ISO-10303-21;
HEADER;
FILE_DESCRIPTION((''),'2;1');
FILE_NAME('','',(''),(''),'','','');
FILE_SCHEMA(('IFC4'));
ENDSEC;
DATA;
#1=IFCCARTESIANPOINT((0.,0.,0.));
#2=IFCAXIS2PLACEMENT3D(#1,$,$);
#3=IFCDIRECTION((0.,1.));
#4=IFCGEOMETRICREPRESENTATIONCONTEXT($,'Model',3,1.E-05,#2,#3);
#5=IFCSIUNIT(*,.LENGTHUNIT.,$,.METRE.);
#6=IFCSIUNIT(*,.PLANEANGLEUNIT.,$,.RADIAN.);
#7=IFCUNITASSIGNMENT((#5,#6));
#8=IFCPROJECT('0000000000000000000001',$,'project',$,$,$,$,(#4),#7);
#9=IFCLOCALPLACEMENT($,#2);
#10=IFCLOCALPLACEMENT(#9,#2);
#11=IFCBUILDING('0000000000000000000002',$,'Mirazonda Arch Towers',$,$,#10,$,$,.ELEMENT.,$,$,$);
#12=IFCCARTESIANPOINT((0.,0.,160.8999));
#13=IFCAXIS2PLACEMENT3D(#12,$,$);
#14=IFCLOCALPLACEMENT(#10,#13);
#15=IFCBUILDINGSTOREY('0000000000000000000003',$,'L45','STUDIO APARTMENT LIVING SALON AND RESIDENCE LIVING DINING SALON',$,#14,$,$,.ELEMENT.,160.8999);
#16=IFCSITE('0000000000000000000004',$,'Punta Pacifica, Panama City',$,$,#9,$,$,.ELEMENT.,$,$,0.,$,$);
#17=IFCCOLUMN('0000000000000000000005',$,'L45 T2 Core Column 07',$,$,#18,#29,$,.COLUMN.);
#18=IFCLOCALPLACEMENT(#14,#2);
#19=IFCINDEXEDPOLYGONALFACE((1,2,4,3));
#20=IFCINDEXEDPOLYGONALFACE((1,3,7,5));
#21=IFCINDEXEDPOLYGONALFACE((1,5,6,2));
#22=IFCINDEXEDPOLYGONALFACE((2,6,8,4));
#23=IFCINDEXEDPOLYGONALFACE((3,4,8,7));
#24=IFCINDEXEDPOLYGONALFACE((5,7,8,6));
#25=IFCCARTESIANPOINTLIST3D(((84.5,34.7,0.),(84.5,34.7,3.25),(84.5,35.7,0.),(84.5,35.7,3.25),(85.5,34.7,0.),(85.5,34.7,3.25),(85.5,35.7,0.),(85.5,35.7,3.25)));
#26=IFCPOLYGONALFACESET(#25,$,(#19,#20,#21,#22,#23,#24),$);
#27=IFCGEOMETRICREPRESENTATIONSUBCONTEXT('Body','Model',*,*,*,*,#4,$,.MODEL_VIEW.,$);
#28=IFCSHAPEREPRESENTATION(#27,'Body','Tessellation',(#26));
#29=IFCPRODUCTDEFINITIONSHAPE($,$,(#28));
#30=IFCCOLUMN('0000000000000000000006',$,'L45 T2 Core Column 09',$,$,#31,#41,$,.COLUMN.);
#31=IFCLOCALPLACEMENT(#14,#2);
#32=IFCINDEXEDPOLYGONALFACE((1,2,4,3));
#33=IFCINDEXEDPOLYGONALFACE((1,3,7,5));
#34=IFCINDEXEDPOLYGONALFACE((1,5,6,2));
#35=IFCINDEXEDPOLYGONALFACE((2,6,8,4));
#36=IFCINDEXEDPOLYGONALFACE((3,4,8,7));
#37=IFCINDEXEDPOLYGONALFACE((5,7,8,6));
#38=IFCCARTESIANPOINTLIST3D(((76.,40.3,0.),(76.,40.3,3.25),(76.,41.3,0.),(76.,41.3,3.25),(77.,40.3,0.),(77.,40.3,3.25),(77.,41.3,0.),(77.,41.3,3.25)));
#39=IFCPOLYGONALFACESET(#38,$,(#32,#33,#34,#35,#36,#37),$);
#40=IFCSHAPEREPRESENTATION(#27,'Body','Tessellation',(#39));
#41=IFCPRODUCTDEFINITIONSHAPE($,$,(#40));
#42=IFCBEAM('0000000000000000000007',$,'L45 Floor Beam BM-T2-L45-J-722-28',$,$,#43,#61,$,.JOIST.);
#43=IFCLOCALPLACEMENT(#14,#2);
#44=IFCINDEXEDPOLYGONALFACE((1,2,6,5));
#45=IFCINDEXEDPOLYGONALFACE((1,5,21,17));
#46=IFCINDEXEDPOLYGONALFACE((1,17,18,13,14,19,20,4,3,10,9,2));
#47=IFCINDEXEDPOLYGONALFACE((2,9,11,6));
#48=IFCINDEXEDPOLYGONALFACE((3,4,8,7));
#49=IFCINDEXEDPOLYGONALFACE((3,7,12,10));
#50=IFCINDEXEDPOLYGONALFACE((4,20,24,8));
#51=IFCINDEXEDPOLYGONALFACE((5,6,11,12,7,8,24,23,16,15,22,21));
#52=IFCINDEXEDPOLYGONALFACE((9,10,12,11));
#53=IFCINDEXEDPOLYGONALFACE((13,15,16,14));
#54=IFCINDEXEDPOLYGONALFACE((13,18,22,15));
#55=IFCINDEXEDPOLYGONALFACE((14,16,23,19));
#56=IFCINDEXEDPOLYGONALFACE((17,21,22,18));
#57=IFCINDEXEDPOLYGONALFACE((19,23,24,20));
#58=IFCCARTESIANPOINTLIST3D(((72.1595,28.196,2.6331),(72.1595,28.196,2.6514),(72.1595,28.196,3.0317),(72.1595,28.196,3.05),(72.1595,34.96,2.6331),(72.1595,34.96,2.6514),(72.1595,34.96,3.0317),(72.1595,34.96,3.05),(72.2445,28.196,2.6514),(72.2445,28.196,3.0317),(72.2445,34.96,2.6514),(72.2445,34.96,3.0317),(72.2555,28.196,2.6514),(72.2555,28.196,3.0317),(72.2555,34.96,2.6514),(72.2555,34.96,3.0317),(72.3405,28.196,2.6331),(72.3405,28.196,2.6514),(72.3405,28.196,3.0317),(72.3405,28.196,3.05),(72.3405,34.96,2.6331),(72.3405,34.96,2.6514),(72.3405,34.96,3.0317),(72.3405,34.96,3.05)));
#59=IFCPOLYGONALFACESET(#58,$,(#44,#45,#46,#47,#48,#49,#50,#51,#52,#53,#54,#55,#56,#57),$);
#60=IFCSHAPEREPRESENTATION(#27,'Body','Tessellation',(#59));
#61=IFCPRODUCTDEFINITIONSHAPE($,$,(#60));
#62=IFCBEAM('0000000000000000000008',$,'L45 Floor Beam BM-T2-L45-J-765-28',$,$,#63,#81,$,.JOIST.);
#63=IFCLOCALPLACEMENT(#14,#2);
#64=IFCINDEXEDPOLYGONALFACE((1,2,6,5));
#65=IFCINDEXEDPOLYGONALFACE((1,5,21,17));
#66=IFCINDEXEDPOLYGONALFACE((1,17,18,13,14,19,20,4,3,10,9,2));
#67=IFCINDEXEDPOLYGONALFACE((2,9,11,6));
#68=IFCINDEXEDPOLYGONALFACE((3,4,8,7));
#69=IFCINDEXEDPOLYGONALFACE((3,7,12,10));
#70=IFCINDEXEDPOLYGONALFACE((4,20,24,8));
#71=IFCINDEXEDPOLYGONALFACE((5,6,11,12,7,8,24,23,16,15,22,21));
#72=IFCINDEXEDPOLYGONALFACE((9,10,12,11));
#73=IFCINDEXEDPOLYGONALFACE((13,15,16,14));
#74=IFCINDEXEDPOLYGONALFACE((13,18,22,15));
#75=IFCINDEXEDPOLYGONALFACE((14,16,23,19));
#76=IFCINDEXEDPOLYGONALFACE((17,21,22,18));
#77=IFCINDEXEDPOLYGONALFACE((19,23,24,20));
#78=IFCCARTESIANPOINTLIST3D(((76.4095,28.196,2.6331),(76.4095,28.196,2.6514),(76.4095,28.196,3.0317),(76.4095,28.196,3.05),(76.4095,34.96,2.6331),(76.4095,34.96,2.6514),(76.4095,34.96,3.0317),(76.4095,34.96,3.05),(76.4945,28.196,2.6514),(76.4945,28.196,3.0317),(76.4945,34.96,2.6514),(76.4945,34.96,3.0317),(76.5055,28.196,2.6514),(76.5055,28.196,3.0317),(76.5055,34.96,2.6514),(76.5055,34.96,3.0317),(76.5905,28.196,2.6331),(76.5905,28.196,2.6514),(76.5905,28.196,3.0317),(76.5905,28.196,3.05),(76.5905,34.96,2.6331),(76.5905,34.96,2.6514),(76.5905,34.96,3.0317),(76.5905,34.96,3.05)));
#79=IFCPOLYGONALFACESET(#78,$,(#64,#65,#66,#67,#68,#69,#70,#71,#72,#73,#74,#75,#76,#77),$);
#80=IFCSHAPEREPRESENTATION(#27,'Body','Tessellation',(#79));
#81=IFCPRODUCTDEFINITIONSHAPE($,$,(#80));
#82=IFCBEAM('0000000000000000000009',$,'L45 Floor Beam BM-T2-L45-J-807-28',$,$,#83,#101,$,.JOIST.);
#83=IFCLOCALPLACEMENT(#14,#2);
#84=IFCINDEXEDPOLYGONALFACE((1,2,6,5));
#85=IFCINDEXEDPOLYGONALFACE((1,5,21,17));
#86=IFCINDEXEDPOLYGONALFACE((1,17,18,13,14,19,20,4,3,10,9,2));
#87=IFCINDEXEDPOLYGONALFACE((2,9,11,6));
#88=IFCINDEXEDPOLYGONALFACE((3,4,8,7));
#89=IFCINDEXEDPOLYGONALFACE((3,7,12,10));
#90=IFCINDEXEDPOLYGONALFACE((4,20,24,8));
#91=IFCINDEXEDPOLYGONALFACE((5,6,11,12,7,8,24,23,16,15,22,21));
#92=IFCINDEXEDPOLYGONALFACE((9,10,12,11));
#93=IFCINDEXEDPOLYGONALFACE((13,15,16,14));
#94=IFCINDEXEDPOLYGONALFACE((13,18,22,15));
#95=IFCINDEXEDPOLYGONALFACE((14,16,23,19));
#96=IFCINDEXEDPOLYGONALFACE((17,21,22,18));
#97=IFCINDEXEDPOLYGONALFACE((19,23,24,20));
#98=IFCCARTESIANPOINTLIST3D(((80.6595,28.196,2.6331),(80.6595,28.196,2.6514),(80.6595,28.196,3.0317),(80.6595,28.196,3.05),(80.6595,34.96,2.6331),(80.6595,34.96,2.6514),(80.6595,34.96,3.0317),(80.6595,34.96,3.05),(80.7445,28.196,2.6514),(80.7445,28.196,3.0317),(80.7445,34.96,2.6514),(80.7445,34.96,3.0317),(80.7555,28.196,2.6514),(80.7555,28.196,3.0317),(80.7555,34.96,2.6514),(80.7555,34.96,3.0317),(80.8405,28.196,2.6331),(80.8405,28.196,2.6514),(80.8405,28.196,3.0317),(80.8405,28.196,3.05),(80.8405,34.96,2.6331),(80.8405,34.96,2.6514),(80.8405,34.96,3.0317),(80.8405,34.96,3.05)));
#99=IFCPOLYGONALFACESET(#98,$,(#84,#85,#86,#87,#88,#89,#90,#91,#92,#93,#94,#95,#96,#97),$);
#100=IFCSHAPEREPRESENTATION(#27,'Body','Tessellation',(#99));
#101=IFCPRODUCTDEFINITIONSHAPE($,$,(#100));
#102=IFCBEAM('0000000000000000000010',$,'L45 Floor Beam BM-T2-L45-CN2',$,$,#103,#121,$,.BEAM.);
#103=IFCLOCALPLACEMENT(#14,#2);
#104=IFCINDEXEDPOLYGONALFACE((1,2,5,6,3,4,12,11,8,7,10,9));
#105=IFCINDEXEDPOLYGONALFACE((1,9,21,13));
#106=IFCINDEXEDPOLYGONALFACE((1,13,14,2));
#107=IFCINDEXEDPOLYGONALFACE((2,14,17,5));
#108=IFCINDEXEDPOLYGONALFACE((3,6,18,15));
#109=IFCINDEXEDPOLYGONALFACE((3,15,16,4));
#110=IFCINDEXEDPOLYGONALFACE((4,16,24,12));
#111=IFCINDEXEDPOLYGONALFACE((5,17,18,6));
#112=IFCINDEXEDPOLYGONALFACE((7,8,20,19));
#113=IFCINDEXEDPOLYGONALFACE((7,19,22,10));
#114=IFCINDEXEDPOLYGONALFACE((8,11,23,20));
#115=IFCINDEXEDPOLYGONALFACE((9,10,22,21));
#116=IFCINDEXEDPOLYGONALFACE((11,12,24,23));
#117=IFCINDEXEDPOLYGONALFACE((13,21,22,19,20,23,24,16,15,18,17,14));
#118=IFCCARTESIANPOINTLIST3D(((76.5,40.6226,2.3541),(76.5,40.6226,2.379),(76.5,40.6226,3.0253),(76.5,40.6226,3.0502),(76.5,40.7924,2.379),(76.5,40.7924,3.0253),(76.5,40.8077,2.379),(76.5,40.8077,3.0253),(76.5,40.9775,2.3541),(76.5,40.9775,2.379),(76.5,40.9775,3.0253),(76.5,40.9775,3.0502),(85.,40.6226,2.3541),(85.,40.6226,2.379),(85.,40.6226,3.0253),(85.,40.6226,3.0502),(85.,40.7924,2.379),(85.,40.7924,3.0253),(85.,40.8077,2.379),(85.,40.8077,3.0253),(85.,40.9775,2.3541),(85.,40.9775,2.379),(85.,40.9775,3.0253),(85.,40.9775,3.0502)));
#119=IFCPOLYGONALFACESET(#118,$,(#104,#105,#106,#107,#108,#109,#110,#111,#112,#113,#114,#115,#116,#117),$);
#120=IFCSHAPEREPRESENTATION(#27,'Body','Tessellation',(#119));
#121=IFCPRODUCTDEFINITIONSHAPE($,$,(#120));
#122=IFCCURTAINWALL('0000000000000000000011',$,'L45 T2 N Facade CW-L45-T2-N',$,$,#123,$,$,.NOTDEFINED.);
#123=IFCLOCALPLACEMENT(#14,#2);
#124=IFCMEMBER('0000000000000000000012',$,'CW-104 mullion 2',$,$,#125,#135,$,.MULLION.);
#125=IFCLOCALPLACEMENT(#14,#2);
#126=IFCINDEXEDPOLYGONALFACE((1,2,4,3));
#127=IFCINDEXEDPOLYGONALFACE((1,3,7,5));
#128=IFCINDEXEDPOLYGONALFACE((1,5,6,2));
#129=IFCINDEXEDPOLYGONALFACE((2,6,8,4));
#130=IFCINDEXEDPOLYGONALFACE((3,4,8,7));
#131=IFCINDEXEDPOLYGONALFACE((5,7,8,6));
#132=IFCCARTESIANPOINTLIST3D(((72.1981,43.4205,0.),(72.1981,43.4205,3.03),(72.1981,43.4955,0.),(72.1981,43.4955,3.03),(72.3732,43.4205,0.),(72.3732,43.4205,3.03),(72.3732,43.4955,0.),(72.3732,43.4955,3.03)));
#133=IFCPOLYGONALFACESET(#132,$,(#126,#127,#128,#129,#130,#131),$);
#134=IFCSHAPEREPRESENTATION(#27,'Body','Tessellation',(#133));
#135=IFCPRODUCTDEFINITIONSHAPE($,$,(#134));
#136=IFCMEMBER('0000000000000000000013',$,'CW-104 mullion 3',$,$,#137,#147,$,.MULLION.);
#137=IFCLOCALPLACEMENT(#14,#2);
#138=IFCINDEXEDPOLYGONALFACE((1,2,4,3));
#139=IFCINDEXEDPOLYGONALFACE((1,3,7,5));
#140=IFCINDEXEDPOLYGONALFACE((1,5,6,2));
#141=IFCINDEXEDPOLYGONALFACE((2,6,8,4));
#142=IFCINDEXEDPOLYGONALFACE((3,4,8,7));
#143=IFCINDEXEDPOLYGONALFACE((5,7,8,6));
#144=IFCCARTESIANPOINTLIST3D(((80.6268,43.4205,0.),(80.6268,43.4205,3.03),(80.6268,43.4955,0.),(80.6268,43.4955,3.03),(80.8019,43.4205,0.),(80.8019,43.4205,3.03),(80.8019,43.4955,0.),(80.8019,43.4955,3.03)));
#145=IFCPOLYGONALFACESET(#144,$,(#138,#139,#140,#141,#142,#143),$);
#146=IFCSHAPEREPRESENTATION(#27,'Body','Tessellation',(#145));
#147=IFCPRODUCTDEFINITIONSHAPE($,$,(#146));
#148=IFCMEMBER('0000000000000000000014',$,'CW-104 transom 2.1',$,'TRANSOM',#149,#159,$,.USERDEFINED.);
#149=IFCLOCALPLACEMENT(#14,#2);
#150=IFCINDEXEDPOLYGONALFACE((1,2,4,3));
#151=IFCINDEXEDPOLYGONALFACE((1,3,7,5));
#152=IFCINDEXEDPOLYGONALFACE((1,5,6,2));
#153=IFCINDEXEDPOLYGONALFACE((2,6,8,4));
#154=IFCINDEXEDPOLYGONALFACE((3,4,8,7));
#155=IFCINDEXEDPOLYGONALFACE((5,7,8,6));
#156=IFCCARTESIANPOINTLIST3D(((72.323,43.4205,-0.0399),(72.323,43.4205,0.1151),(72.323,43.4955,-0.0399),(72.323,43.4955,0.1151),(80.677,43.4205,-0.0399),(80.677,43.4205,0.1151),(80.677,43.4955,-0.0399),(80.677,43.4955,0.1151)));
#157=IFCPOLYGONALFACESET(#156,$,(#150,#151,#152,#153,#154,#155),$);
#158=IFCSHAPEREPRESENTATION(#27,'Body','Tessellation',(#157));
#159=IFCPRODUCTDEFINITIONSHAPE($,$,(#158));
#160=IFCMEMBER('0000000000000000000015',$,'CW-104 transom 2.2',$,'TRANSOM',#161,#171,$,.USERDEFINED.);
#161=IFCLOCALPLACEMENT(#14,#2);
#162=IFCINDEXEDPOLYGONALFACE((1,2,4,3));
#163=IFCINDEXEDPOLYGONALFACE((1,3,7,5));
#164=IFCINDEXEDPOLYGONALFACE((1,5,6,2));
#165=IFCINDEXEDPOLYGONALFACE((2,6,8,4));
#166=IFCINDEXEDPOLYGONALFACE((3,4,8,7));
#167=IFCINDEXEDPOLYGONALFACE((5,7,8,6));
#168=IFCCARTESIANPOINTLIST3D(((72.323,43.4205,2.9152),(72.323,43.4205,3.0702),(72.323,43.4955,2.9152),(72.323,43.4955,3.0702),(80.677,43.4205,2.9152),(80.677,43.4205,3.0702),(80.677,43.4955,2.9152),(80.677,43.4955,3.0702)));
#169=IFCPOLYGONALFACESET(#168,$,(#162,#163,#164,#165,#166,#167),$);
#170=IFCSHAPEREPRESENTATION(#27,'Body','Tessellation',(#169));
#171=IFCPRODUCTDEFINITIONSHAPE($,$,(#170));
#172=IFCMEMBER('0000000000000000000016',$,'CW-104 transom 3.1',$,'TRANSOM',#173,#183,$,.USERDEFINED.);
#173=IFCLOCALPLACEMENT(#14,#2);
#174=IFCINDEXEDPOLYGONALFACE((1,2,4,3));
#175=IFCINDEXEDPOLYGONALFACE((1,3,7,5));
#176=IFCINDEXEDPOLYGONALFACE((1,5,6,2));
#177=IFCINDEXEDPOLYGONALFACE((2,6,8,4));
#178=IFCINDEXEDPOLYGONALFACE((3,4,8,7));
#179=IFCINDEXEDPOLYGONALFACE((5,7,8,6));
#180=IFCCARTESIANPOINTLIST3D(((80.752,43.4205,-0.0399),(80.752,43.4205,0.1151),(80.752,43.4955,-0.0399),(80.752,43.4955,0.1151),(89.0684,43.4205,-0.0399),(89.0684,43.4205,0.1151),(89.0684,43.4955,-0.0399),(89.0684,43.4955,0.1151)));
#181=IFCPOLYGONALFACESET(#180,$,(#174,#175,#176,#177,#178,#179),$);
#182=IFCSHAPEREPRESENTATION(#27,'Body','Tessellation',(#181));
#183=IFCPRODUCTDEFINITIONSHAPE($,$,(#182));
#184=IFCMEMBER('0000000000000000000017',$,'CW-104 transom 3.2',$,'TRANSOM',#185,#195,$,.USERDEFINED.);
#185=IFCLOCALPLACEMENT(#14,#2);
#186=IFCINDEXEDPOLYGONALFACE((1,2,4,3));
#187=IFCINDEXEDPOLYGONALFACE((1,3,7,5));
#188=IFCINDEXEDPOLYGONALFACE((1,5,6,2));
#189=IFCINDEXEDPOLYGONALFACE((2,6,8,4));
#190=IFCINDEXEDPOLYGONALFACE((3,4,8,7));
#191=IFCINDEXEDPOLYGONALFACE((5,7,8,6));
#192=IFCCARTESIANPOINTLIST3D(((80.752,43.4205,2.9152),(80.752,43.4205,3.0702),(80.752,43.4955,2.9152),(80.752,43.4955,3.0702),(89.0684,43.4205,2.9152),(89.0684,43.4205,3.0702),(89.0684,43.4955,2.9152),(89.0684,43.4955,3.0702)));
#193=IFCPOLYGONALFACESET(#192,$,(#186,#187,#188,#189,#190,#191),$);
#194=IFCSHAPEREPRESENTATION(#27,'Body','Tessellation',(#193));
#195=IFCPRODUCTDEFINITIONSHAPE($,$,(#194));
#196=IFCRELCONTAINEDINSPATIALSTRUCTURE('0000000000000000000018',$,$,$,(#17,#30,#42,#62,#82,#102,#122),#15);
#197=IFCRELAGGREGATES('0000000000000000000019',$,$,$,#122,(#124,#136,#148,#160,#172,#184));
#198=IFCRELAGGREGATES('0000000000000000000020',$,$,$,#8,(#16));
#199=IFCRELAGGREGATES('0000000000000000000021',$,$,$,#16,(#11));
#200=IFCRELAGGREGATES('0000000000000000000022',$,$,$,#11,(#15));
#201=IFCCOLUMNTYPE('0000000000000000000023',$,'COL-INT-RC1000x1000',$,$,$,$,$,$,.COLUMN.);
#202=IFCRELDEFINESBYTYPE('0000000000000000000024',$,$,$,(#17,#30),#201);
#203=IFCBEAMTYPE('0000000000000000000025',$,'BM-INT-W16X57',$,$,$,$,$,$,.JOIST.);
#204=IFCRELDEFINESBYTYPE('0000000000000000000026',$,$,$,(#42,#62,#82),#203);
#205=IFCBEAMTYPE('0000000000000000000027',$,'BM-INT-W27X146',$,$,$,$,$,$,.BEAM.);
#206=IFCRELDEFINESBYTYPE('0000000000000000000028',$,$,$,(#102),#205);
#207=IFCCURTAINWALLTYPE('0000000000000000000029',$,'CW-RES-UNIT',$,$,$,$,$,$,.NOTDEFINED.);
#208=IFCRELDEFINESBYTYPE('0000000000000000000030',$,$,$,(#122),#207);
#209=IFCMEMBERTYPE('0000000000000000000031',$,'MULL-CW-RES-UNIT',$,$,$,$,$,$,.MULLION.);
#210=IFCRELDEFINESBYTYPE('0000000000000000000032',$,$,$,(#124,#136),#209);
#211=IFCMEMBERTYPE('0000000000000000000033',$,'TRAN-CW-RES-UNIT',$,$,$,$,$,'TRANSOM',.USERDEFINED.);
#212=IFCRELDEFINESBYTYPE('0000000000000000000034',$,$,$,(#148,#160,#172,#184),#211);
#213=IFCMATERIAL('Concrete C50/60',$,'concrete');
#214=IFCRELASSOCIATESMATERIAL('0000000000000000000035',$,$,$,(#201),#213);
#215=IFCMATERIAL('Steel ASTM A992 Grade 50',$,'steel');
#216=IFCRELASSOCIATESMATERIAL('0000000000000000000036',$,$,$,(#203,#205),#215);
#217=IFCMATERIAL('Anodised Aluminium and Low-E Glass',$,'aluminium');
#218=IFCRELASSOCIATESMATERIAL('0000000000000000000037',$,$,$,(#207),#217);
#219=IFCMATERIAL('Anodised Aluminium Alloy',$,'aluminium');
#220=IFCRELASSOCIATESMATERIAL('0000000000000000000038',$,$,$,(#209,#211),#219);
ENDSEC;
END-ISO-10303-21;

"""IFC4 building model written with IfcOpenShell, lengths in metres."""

from ifc_helpers import new_model, si_unit, direction, frame, origin, origin_2d, place, context, subcontext, project, spatial, rectangle, i_section, extrude, material, material_profile, profile_set, type_object, element, aggregate, save


model = new_model("IFC4")

# Units and contexts
model_context = context("Model", 3, precision=1e-05, world=origin(), true_north=direction((0.0, 1.0)))
body_context = subcontext(model_context, "Body", "Model", "MODEL_VIEW")
ifc_project = project(units=[si_unit("LENGTHUNIT", "METRE"), si_unit("PLANEANGLEUNIT", "RADIAN")], contexts=[model_context])

# Site, building, storey
site_placement = place(None, origin())
site = spatial("IfcSite", under=ifc_project, at=site_placement, Name="Punta Pacifica, Panama City", CompositionType="ELEMENT", RefElevation=0.0)
building_placement = place(site_placement, origin())
building = spatial("IfcBuilding", under=site, at=building_placement, Name="Mirazonda Arch Towers", CompositionType="ELEMENT")
storey_placement = place(building_placement, frame((0.0, 0.0, 160.8999)))
storey = spatial("IfcBuildingStorey", under=building, at=storey_placement, Name="L45", Description="STUDIO APARTMENT LIVING SALON AND RESIDENCE LIVING DINING SALON", CompositionType="ELEMENT", Elevation=160.8999)

# Columns
ifc_material_1 = material(Name="Concrete C50/60", Category="concrete")
ifc_material_profile_1 = material_profile(ifc_material_1, rectangle(XDim=1.0, YDim=1.0, at=origin_2d()), Name="RC1000x1000")
ifc_profile_set_1 = profile_set([ifc_material_profile_1], Name="Concrete C50/60")
column_type = type_object("IfcColumnType", Name="COL-INT-RC1000x1000", PredefinedType="COLUMN", material=ifc_profile_set_1)
for number, where, z_axis, x_axis, name in (
    (1, (85.0, 35.2, 0.0), (0.0, 0.0, 1.0), (1.0, 0.0, 0.0), "L45 T2 Core Column 07"),
    (2, (76.5, 40.8, 0.0), (0.0, 0.0, 1.0), (1.0, 0.0, 0.0), "L45 T2 Core Column 09"),
):
    element("IfcColumn", number, at=place(storey_placement, frame(where, z_axis=z_axis, x_axis=x_axis)), inside=storey, type_object=column_type, Name=name, PredefinedType="COLUMN", context=body_context, shape_type="SweptSolid", body=[
        extrude(rectangle(XDim=1.0, YDim=1.0, at=origin_2d()), origin(), (0.0, 0.0, 1.0), 3.25),
    ])

# Beams
ifc_material_2 = material(Name="Steel ASTM A992 Grade 50", Category="steel")
ifc_material_profile_2 = material_profile(ifc_material_2, i_section(OverallWidth=0.1809, OverallDepth=0.417, WebThickness=0.011, FlangeThickness=0.0183, at=origin_2d()), Name="W16X57")
ifc_profile_set_2 = profile_set([ifc_material_profile_2], Name="Steel ASTM A992 Grade 50")
beam_type_1 = type_object("IfcBeamType", Name="BM-INT-W16X57", PredefinedType="JOIST", material=ifc_profile_set_2)
for number, where, z_axis, x_axis, name in (
    (3, (72.25, 28.196, 2.8416), (0.0, 1.0, 0.0), (-1.0, 0.0, 0.0), "L45 Floor Beam BM-T2-L45-J-722-28"),
    (4, (76.5, 28.196, 2.8416), (0.0, 1.0, 0.0), (-1.0, 0.0, 0.0), "L45 Floor Beam BM-T2-L45-J-765-28"),
    (5, (80.75, 28.196, 2.8416), (0.0, 1.0, 0.0), (-1.0, 0.0, 0.0), "L45 Floor Beam BM-T2-L45-J-807-28"),
):
    element("IfcBeam", number, at=place(storey_placement, frame(where, z_axis=z_axis, x_axis=x_axis)), inside=storey, type_object=beam_type_1, Name=name, PredefinedType="JOIST", context=body_context, shape_type="SweptSolid", body=[
        extrude(i_section(OverallWidth=0.1809, OverallDepth=0.417, WebThickness=0.011, FlangeThickness=0.0183, at=origin_2d()), origin(), (0.0, 0.0, 1.0), 6.7639),
    ])
ifc_material_profile_3 = material_profile(ifc_material_2, i_section(OverallWidth=0.355, OverallDepth=0.696, WebThickness=0.0154, FlangeThickness=0.0249, at=origin_2d()), Name="W27X146")
ifc_profile_set_3 = profile_set([ifc_material_profile_3], Name="Steel ASTM A992 Grade 50")
beam_type_2 = type_object("IfcBeamType", Name="BM-INT-W27X146", PredefinedType="BEAM", material=ifc_profile_set_3)
beam_placement = place(storey_placement, frame((76.5, 40.8, 2.7021), z_axis=(1.0, 0.0, 0.0), x_axis=(0.0, 1.0, 0.0)))
element("IfcBeam", 6, at=beam_placement, inside=storey, type_object=beam_type_2, Name="L45 Floor Beam BM-T2-L45-CN2", PredefinedType="BEAM", context=body_context, shape_type="SweptSolid", body=[
    extrude(i_section(OverallWidth=0.355, OverallDepth=0.696, WebThickness=0.0154, FlangeThickness=0.0249, at=origin_2d()), origin(), (0.0, 0.0, 1.0), 8.5),
])

# Curtain wall, members
ifc_material_3 = material(Name="Anodised Aluminium and Low-E Glass", Category="aluminium")
curtain_wall_type = type_object("IfcCurtainWallType", Name="CW-RES-UNIT", PredefinedType="NOTDEFINED", material=ifc_material_3)
curtain_wall_placement = place(storey_placement, origin())
curtain_wall = element("IfcCurtainWall", 7, at=curtain_wall_placement, inside=storey, type_object=curtain_wall_type, Name="L45 T2 N Facade CW-L45-T2-N", PredefinedType="NOTDEFINED")
ifc_material_4 = material(Name="Anodised Aluminium Alloy", Category="aluminium")
ifc_material_profile_4 = material_profile(ifc_material_4, rectangle(XDim=0.075, YDim=0.175, at=origin_2d()), Name="ALU-MULL-75x175")
ifc_profile_set_4 = profile_set([ifc_material_profile_4], Name="Anodised Aluminium Alloy")
member_type_1 = type_object("IfcMemberType", Name="MULL-CW-RES-UNIT", PredefinedType="MULLION", material=ifc_profile_set_4)
member_1_placement = place(storey_placement, frame((72.2856, 43.458, 0.0), z_axis=(0.0, 0.0, 1.0), x_axis=(0.0, 1.0, 0.0)))
member_1 = element("IfcMember", 8, at=member_1_placement, type_object=member_type_1, Name="CW-104 mullion 2", PredefinedType="MULLION", context=body_context, shape_type="SweptSolid", body=[
    extrude(rectangle(XDim=0.075, YDim=0.175, at=origin_2d()), origin(), (0.0, 0.0, 1.0), 3.03),
])
member_2_placement = place(storey_placement, frame((80.7144, 43.458, 0.0), z_axis=(0.0, 0.0, 1.0), x_axis=(0.0, 1.0, 0.0)))
member_2 = element("IfcMember", 9, at=member_2_placement, type_object=member_type_1, Name="CW-104 mullion 3", PredefinedType="MULLION", context=body_context, shape_type="SweptSolid", body=[
    extrude(rectangle(XDim=0.075, YDim=0.175, at=origin_2d()), origin(), (0.0, 0.0, 1.0), 3.03),
])
ifc_material_profile_5 = material_profile(ifc_material_4, rectangle(XDim=0.075, YDim=0.155, at=origin_2d()), Name="ALU-TRAN-75x155")
ifc_profile_set_5 = profile_set([ifc_material_profile_5], Name="Anodised Aluminium Alloy")
member_type_2 = type_object("IfcMemberType", Name="TRAN-CW-RES-UNIT", ElementType="TRANSOM", PredefinedType="USERDEFINED", material=ifc_profile_set_5)
member_3_placement = place(storey_placement, frame((72.323, 43.458, 0.0376), z_axis=(1.0, 0.0, 0.0), x_axis=(0.0, 1.0, 0.0)))
member_3 = element("IfcMember", 10, at=member_3_placement, type_object=member_type_2, Name="CW-104 transom 2.1", ObjectType="TRANSOM", PredefinedType="USERDEFINED", context=body_context, shape_type="SweptSolid", body=[
    extrude(rectangle(XDim=0.075, YDim=0.155, at=origin_2d()), origin(), (0.0, 0.0, 1.0), 8.354),
])
member_4_placement = place(storey_placement, frame((72.323, 43.458, 2.9927), z_axis=(1.0, 0.0, 0.0), x_axis=(0.0, 1.0, 0.0)))
member_4 = element("IfcMember", 11, at=member_4_placement, type_object=member_type_2, Name="CW-104 transom 2.2", ObjectType="TRANSOM", PredefinedType="USERDEFINED", context=body_context, shape_type="SweptSolid", body=[
    extrude(rectangle(XDim=0.075, YDim=0.155, at=origin_2d()), origin(), (0.0, 0.0, 1.0), 8.354),
])
member_5_placement = place(storey_placement, frame((80.752, 43.458, 0.0376), z_axis=(1.0, 0.0, 0.0), x_axis=(0.0, 1.0, 0.0)))
member_5 = element("IfcMember", 12, at=member_5_placement, type_object=member_type_2, Name="CW-104 transom 3.1", ObjectType="TRANSOM", PredefinedType="USERDEFINED", context=body_context, shape_type="SweptSolid", body=[
    extrude(rectangle(XDim=0.075, YDim=0.155, at=origin_2d()), origin(), (0.0, 0.0, 1.0), 8.3164),
])
member_6_placement = place(storey_placement, frame((80.752, 43.458, 2.9927), z_axis=(1.0, 0.0, 0.0), x_axis=(0.0, 1.0, 0.0)))
member_6 = element("IfcMember", 13, at=member_6_placement, type_object=member_type_2, Name="CW-104 transom 3.2", ObjectType="TRANSOM", PredefinedType="USERDEFINED", context=body_context, shape_type="SweptSolid", body=[
    extrude(rectangle(XDim=0.075, YDim=0.155, at=origin_2d()), origin(), (0.0, 0.0, 1.0), 8.3164),
])
aggregate(curtain_wall, [member_1, member_2, member_3, member_4, member_5, member_6])

save(model, "model.ifc")
